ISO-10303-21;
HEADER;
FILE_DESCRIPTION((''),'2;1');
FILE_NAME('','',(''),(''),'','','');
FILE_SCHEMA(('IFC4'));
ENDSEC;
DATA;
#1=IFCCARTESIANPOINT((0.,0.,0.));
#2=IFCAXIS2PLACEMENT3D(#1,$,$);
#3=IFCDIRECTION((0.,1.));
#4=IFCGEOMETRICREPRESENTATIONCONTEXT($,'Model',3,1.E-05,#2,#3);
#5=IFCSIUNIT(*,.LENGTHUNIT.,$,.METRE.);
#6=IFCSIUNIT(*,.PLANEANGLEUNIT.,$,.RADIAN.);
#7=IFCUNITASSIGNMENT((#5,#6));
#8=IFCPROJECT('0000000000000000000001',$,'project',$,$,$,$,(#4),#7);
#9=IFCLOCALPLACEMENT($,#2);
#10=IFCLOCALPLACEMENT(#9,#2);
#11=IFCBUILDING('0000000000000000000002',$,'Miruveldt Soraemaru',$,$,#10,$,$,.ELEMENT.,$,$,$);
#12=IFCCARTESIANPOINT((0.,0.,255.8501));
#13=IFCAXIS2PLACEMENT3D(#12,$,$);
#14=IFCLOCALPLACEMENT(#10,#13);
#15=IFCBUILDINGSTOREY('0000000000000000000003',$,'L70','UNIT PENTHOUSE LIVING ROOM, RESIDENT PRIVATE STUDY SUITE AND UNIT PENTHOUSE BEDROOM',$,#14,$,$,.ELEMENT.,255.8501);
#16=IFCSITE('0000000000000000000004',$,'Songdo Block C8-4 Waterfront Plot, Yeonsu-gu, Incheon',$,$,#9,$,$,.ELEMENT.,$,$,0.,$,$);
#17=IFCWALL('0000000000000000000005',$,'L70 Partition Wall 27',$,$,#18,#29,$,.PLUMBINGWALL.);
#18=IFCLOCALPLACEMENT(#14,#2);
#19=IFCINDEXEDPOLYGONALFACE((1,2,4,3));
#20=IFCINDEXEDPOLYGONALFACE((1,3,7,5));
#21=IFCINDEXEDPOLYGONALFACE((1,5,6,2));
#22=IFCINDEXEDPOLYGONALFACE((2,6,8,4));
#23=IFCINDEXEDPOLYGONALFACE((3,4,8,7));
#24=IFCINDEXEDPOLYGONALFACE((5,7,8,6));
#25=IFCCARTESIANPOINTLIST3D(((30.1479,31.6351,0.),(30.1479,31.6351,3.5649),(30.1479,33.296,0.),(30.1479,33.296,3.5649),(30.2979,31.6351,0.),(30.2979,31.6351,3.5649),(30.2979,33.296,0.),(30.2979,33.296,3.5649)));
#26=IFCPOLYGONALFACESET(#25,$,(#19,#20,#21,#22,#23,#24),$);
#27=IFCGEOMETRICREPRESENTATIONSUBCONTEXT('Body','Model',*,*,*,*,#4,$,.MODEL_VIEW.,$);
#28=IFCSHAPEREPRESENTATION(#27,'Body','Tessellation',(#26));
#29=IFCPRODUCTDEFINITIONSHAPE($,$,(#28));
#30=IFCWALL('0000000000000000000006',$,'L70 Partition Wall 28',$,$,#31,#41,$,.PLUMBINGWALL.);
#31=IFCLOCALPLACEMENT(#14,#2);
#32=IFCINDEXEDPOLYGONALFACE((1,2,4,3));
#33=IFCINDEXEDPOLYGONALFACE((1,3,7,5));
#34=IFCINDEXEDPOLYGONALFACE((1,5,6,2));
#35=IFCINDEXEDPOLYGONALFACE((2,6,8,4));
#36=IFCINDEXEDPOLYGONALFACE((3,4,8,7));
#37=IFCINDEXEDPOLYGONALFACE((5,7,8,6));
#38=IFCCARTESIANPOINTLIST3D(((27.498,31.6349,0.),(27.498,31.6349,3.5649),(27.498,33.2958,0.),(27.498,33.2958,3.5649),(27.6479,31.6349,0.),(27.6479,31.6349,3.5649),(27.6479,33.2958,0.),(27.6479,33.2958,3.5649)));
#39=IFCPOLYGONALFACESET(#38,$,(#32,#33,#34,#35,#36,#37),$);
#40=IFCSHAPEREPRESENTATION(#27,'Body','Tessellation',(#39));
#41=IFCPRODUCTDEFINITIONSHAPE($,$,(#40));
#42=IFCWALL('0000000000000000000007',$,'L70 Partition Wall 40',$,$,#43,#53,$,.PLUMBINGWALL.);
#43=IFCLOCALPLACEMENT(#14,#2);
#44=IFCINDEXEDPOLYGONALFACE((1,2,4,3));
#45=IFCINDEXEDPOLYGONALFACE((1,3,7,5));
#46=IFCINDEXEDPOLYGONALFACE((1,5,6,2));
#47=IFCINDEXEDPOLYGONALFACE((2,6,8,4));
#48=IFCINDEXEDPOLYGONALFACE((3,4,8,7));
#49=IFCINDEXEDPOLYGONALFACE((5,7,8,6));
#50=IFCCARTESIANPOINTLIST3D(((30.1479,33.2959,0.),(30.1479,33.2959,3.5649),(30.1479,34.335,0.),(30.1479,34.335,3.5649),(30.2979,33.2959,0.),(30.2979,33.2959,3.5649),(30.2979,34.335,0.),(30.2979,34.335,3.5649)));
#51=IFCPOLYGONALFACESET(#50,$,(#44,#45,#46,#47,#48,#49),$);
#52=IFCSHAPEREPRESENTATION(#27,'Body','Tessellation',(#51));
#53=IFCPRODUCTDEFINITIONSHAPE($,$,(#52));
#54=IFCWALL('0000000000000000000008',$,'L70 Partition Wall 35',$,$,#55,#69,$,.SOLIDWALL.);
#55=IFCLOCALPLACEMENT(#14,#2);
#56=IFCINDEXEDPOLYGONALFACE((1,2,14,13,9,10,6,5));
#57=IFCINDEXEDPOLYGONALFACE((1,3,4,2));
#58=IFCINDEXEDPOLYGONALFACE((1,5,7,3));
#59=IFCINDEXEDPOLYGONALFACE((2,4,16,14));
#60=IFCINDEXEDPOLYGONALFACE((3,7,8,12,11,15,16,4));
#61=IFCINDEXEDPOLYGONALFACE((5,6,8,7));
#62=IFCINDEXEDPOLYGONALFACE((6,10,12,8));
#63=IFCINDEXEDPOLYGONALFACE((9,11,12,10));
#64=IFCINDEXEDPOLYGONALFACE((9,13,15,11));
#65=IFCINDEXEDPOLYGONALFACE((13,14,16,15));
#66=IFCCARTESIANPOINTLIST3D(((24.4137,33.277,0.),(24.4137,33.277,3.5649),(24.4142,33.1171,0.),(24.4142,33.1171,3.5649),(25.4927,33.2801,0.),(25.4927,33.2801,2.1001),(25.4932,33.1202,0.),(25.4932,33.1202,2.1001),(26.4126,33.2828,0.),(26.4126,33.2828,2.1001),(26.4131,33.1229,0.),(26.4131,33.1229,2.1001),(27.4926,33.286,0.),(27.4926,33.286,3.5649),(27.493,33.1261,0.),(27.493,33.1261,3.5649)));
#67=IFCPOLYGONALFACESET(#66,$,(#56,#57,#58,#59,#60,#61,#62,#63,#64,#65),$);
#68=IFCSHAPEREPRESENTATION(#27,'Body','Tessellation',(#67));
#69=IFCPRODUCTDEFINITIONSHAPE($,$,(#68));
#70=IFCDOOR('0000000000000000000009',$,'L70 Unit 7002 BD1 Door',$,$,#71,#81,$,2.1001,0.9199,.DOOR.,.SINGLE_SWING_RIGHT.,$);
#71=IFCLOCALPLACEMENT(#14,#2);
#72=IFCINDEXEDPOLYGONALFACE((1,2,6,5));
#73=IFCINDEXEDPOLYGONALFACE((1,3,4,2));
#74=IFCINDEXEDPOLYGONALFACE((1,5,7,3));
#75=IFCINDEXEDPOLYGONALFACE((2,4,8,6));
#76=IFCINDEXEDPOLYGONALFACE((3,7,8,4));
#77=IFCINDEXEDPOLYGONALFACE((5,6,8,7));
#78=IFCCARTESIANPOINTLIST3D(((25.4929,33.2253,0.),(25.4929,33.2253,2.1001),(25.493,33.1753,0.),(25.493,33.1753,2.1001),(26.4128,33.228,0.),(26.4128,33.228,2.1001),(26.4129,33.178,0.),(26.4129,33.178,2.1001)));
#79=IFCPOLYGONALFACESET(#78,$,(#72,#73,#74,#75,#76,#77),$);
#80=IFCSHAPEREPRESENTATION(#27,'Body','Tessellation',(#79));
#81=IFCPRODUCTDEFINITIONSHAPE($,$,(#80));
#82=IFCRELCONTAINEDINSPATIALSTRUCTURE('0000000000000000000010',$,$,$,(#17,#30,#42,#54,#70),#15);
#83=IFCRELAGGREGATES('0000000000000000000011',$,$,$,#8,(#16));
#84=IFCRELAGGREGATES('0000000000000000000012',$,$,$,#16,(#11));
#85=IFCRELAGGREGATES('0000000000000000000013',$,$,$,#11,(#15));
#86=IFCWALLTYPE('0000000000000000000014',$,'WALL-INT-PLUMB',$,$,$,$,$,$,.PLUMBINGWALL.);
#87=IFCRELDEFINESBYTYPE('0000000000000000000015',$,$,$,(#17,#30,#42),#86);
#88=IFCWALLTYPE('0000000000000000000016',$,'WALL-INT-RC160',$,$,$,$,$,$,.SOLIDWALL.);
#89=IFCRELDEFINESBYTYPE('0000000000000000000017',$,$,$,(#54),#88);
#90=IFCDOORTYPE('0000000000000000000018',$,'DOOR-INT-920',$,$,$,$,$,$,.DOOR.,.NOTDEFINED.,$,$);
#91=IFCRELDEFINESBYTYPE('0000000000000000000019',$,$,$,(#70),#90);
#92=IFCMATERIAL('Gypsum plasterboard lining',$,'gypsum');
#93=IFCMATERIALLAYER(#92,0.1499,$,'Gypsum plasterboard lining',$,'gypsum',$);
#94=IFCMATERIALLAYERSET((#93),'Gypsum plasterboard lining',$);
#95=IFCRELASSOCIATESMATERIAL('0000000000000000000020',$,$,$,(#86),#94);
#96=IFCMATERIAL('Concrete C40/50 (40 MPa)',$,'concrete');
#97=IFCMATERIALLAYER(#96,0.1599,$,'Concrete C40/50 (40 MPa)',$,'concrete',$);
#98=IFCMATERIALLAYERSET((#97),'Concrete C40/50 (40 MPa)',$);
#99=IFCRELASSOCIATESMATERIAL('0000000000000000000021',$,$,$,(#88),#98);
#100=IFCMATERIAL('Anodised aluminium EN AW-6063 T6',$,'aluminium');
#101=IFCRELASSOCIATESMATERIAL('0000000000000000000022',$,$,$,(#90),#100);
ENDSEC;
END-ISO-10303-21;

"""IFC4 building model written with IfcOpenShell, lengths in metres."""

from ifc_helpers import new_model, si_unit, direction, frame, frame_2d, origin, place, context, subcontext, project, spatial, rectangle, extrude, material, layer, layer_set, type_object, element, fill, save


model = new_model("IFC4")

# Units and contexts
model_context = context("Model", 3, precision=1e-05, world=origin(), true_north=direction((0.0, 1.0)))
body_context = subcontext(model_context, "Body", "Model", "MODEL_VIEW")
ifc_project = project(units=[si_unit("LENGTHUNIT", "METRE"), si_unit("PLANEANGLEUNIT", "RADIAN")], contexts=[model_context])

# Site, building, storey
site_placement = place(None, origin())
site = spatial("IfcSite", under=ifc_project, at=site_placement, Name="Songdo Block C8-4 Waterfront Plot, Yeonsu-gu, Incheon", CompositionType="ELEMENT", RefElevation=0.0)
building_placement = place(site_placement, origin())
building = spatial("IfcBuilding", under=site, at=building_placement, Name="Miruveldt Soraemaru", CompositionType="ELEMENT")
storey_placement = place(building_placement, frame((0.0, 0.0, 255.8501)))
storey = spatial("IfcBuildingStorey", under=building, at=storey_placement, Name="L70", Description="UNIT PENTHOUSE LIVING ROOM, RESIDENT PRIVATE STUDY SUITE AND UNIT PENTHOUSE BEDROOM", CompositionType="ELEMENT", Elevation=255.8501)

# Shared definitions
ifc_material_1 = material(Name="Concrete C40/50 (40 MPa)", Category="concrete")

# Shared definitions
ifc_material_2 = material(Name="Gypsum plasterboard lining", Category="gypsum")
ifc_layer_1 = layer(ifc_material_2, 0.1499, Name="Gypsum plasterboard lining", Category="gypsum")
ifc_layer_set_1 = layer_set([ifc_layer_1], Name="Gypsum plasterboard lining")
wall_type_1 = type_object("IfcWallType", Name="WALL-INT-PLUMB", PredefinedType="PLUMBINGWALL", material=ifc_layer_set_1)
ifc_material_3 = material(Name="Anodised aluminium EN AW-6063 T6", Category="aluminium")

# Walls
for number, where, z_axis, x_axis, name in (
    (1, (30.2229, 31.635, 0.0), (0.0, 0.0, 1.0), (0.0, 1.0, 0.0), "L70 Partition Wall 27"),
    (2, (27.573, 33.2959, 0.0), (0.0, 0.0, 1.0), (0.0, -1.0, 0.0), "L70 Partition Wall 28"),
):
    element("IfcWall", number, at=place(storey_placement, frame(where, z_axis=z_axis, x_axis=x_axis)), inside=storey, type_object=wall_type_1, Name=name, PredefinedType="PLUMBINGWALL", context=body_context, shape_type="SweptSolid", body=[
        extrude(rectangle(XDim=1.6609, YDim=0.1499, at=frame_2d((0.8306, 0.0))), origin(), (0.0, 0.0, 1.0), 3.5649),
    ])
wall_1_placement = place(storey_placement, frame((30.2229, 33.2959, 0.0), z_axis=(0.0, 0.0, 1.0), x_axis=(0.0, 1.0, 0.0)))
element("IfcWall", 3, at=wall_1_placement, inside=storey, type_object=wall_type_1, Name="L70 Partition Wall 40", PredefinedType="PLUMBINGWALL", context=body_context, shape_type="SweptSolid", body=[
    extrude(rectangle(XDim=1.0391, YDim=0.1499, at=frame_2d((0.5195, 0.0))), origin(), (0.0, 0.0, 1.0), 3.5649),
])

# Wall, opening, door
ifc_layer_2 = layer(ifc_material_1, 0.1599, Name="Concrete C40/50 (40 MPa)", Category="concrete")
ifc_layer_set_2 = layer_set([ifc_layer_2], Name="Concrete C40/50 (40 MPa)")
wall_type_2 = type_object("IfcWallType", Name="WALL-INT-RC160", PredefinedType="SOLIDWALL", material=ifc_layer_set_2)
wall_2_placement = place(storey_placement, frame((27.4929, 33.2061, 0.0), z_axis=(0.0, 0.0, 1.0), x_axis=(-0.999996, -0.002934, 0.0)))
wall_2 = element("IfcWall", 4, at=wall_2_placement, inside=storey, type_object=wall_type_2, Name="L70 Partition Wall 35", PredefinedType="SOLIDWALL", context=body_context, shape_type="SweptSolid", body=[
    extrude(rectangle(XDim=3.0789, YDim=0.1599, at=frame_2d((1.5396, 0.0))), origin(), (0.0, 0.0, 1.0), 3.5649),
])
opening_1_placement = place(wall_2_placement, frame((1.0801, 0.0, 0.0)))
opening_1 = element("IfcOpeningElement", 5, at=opening_1_placement, cuts=wall_2, PredefinedType="OPENING", context=body_context, shape_type="SweptSolid", body=[
    extrude(rectangle(XDim=0.9199, YDim=2.1001, at=frame_2d((0.46, 1.05))), frame((0.0, 0.0898, 0.0), z_axis=(0.0, -1.0, 0.0), x_axis=(1.0, 0.0, 0.0)), (0.0, 0.0, 1.0), 0.1799),
])
door_type_1 = type_object("IfcDoorType", Name="DOOR-INT-920", OperationType="NOTDEFINED", PredefinedType="DOOR", material=ifc_material_3)
door_1_placement = place(opening_1_placement, origin())
door_1 = element("IfcDoor", 6, at=door_1_placement, inside=storey, type_object=door_type_1, Name="L70 Unit 7002 BD1 Door", OperationType="SINGLE_SWING_RIGHT", OverallHeight=2.1001, OverallWidth=0.9199, PredefinedType="DOOR", context=body_context, shape_type="SweptSolid", body=[
    extrude(rectangle(XDim=0.9199, YDim=2.1001, at=frame_2d((0.46, 1.05))), frame((0.0, 0.0249, 0.0), z_axis=(0.0, -1.0, 0.0), x_axis=(1.0, 0.0, 0.0)), (0.0, 0.0, 1.0), 0.05),
])
fill(opening_1, door_1)

save(model, "model.ifc")
